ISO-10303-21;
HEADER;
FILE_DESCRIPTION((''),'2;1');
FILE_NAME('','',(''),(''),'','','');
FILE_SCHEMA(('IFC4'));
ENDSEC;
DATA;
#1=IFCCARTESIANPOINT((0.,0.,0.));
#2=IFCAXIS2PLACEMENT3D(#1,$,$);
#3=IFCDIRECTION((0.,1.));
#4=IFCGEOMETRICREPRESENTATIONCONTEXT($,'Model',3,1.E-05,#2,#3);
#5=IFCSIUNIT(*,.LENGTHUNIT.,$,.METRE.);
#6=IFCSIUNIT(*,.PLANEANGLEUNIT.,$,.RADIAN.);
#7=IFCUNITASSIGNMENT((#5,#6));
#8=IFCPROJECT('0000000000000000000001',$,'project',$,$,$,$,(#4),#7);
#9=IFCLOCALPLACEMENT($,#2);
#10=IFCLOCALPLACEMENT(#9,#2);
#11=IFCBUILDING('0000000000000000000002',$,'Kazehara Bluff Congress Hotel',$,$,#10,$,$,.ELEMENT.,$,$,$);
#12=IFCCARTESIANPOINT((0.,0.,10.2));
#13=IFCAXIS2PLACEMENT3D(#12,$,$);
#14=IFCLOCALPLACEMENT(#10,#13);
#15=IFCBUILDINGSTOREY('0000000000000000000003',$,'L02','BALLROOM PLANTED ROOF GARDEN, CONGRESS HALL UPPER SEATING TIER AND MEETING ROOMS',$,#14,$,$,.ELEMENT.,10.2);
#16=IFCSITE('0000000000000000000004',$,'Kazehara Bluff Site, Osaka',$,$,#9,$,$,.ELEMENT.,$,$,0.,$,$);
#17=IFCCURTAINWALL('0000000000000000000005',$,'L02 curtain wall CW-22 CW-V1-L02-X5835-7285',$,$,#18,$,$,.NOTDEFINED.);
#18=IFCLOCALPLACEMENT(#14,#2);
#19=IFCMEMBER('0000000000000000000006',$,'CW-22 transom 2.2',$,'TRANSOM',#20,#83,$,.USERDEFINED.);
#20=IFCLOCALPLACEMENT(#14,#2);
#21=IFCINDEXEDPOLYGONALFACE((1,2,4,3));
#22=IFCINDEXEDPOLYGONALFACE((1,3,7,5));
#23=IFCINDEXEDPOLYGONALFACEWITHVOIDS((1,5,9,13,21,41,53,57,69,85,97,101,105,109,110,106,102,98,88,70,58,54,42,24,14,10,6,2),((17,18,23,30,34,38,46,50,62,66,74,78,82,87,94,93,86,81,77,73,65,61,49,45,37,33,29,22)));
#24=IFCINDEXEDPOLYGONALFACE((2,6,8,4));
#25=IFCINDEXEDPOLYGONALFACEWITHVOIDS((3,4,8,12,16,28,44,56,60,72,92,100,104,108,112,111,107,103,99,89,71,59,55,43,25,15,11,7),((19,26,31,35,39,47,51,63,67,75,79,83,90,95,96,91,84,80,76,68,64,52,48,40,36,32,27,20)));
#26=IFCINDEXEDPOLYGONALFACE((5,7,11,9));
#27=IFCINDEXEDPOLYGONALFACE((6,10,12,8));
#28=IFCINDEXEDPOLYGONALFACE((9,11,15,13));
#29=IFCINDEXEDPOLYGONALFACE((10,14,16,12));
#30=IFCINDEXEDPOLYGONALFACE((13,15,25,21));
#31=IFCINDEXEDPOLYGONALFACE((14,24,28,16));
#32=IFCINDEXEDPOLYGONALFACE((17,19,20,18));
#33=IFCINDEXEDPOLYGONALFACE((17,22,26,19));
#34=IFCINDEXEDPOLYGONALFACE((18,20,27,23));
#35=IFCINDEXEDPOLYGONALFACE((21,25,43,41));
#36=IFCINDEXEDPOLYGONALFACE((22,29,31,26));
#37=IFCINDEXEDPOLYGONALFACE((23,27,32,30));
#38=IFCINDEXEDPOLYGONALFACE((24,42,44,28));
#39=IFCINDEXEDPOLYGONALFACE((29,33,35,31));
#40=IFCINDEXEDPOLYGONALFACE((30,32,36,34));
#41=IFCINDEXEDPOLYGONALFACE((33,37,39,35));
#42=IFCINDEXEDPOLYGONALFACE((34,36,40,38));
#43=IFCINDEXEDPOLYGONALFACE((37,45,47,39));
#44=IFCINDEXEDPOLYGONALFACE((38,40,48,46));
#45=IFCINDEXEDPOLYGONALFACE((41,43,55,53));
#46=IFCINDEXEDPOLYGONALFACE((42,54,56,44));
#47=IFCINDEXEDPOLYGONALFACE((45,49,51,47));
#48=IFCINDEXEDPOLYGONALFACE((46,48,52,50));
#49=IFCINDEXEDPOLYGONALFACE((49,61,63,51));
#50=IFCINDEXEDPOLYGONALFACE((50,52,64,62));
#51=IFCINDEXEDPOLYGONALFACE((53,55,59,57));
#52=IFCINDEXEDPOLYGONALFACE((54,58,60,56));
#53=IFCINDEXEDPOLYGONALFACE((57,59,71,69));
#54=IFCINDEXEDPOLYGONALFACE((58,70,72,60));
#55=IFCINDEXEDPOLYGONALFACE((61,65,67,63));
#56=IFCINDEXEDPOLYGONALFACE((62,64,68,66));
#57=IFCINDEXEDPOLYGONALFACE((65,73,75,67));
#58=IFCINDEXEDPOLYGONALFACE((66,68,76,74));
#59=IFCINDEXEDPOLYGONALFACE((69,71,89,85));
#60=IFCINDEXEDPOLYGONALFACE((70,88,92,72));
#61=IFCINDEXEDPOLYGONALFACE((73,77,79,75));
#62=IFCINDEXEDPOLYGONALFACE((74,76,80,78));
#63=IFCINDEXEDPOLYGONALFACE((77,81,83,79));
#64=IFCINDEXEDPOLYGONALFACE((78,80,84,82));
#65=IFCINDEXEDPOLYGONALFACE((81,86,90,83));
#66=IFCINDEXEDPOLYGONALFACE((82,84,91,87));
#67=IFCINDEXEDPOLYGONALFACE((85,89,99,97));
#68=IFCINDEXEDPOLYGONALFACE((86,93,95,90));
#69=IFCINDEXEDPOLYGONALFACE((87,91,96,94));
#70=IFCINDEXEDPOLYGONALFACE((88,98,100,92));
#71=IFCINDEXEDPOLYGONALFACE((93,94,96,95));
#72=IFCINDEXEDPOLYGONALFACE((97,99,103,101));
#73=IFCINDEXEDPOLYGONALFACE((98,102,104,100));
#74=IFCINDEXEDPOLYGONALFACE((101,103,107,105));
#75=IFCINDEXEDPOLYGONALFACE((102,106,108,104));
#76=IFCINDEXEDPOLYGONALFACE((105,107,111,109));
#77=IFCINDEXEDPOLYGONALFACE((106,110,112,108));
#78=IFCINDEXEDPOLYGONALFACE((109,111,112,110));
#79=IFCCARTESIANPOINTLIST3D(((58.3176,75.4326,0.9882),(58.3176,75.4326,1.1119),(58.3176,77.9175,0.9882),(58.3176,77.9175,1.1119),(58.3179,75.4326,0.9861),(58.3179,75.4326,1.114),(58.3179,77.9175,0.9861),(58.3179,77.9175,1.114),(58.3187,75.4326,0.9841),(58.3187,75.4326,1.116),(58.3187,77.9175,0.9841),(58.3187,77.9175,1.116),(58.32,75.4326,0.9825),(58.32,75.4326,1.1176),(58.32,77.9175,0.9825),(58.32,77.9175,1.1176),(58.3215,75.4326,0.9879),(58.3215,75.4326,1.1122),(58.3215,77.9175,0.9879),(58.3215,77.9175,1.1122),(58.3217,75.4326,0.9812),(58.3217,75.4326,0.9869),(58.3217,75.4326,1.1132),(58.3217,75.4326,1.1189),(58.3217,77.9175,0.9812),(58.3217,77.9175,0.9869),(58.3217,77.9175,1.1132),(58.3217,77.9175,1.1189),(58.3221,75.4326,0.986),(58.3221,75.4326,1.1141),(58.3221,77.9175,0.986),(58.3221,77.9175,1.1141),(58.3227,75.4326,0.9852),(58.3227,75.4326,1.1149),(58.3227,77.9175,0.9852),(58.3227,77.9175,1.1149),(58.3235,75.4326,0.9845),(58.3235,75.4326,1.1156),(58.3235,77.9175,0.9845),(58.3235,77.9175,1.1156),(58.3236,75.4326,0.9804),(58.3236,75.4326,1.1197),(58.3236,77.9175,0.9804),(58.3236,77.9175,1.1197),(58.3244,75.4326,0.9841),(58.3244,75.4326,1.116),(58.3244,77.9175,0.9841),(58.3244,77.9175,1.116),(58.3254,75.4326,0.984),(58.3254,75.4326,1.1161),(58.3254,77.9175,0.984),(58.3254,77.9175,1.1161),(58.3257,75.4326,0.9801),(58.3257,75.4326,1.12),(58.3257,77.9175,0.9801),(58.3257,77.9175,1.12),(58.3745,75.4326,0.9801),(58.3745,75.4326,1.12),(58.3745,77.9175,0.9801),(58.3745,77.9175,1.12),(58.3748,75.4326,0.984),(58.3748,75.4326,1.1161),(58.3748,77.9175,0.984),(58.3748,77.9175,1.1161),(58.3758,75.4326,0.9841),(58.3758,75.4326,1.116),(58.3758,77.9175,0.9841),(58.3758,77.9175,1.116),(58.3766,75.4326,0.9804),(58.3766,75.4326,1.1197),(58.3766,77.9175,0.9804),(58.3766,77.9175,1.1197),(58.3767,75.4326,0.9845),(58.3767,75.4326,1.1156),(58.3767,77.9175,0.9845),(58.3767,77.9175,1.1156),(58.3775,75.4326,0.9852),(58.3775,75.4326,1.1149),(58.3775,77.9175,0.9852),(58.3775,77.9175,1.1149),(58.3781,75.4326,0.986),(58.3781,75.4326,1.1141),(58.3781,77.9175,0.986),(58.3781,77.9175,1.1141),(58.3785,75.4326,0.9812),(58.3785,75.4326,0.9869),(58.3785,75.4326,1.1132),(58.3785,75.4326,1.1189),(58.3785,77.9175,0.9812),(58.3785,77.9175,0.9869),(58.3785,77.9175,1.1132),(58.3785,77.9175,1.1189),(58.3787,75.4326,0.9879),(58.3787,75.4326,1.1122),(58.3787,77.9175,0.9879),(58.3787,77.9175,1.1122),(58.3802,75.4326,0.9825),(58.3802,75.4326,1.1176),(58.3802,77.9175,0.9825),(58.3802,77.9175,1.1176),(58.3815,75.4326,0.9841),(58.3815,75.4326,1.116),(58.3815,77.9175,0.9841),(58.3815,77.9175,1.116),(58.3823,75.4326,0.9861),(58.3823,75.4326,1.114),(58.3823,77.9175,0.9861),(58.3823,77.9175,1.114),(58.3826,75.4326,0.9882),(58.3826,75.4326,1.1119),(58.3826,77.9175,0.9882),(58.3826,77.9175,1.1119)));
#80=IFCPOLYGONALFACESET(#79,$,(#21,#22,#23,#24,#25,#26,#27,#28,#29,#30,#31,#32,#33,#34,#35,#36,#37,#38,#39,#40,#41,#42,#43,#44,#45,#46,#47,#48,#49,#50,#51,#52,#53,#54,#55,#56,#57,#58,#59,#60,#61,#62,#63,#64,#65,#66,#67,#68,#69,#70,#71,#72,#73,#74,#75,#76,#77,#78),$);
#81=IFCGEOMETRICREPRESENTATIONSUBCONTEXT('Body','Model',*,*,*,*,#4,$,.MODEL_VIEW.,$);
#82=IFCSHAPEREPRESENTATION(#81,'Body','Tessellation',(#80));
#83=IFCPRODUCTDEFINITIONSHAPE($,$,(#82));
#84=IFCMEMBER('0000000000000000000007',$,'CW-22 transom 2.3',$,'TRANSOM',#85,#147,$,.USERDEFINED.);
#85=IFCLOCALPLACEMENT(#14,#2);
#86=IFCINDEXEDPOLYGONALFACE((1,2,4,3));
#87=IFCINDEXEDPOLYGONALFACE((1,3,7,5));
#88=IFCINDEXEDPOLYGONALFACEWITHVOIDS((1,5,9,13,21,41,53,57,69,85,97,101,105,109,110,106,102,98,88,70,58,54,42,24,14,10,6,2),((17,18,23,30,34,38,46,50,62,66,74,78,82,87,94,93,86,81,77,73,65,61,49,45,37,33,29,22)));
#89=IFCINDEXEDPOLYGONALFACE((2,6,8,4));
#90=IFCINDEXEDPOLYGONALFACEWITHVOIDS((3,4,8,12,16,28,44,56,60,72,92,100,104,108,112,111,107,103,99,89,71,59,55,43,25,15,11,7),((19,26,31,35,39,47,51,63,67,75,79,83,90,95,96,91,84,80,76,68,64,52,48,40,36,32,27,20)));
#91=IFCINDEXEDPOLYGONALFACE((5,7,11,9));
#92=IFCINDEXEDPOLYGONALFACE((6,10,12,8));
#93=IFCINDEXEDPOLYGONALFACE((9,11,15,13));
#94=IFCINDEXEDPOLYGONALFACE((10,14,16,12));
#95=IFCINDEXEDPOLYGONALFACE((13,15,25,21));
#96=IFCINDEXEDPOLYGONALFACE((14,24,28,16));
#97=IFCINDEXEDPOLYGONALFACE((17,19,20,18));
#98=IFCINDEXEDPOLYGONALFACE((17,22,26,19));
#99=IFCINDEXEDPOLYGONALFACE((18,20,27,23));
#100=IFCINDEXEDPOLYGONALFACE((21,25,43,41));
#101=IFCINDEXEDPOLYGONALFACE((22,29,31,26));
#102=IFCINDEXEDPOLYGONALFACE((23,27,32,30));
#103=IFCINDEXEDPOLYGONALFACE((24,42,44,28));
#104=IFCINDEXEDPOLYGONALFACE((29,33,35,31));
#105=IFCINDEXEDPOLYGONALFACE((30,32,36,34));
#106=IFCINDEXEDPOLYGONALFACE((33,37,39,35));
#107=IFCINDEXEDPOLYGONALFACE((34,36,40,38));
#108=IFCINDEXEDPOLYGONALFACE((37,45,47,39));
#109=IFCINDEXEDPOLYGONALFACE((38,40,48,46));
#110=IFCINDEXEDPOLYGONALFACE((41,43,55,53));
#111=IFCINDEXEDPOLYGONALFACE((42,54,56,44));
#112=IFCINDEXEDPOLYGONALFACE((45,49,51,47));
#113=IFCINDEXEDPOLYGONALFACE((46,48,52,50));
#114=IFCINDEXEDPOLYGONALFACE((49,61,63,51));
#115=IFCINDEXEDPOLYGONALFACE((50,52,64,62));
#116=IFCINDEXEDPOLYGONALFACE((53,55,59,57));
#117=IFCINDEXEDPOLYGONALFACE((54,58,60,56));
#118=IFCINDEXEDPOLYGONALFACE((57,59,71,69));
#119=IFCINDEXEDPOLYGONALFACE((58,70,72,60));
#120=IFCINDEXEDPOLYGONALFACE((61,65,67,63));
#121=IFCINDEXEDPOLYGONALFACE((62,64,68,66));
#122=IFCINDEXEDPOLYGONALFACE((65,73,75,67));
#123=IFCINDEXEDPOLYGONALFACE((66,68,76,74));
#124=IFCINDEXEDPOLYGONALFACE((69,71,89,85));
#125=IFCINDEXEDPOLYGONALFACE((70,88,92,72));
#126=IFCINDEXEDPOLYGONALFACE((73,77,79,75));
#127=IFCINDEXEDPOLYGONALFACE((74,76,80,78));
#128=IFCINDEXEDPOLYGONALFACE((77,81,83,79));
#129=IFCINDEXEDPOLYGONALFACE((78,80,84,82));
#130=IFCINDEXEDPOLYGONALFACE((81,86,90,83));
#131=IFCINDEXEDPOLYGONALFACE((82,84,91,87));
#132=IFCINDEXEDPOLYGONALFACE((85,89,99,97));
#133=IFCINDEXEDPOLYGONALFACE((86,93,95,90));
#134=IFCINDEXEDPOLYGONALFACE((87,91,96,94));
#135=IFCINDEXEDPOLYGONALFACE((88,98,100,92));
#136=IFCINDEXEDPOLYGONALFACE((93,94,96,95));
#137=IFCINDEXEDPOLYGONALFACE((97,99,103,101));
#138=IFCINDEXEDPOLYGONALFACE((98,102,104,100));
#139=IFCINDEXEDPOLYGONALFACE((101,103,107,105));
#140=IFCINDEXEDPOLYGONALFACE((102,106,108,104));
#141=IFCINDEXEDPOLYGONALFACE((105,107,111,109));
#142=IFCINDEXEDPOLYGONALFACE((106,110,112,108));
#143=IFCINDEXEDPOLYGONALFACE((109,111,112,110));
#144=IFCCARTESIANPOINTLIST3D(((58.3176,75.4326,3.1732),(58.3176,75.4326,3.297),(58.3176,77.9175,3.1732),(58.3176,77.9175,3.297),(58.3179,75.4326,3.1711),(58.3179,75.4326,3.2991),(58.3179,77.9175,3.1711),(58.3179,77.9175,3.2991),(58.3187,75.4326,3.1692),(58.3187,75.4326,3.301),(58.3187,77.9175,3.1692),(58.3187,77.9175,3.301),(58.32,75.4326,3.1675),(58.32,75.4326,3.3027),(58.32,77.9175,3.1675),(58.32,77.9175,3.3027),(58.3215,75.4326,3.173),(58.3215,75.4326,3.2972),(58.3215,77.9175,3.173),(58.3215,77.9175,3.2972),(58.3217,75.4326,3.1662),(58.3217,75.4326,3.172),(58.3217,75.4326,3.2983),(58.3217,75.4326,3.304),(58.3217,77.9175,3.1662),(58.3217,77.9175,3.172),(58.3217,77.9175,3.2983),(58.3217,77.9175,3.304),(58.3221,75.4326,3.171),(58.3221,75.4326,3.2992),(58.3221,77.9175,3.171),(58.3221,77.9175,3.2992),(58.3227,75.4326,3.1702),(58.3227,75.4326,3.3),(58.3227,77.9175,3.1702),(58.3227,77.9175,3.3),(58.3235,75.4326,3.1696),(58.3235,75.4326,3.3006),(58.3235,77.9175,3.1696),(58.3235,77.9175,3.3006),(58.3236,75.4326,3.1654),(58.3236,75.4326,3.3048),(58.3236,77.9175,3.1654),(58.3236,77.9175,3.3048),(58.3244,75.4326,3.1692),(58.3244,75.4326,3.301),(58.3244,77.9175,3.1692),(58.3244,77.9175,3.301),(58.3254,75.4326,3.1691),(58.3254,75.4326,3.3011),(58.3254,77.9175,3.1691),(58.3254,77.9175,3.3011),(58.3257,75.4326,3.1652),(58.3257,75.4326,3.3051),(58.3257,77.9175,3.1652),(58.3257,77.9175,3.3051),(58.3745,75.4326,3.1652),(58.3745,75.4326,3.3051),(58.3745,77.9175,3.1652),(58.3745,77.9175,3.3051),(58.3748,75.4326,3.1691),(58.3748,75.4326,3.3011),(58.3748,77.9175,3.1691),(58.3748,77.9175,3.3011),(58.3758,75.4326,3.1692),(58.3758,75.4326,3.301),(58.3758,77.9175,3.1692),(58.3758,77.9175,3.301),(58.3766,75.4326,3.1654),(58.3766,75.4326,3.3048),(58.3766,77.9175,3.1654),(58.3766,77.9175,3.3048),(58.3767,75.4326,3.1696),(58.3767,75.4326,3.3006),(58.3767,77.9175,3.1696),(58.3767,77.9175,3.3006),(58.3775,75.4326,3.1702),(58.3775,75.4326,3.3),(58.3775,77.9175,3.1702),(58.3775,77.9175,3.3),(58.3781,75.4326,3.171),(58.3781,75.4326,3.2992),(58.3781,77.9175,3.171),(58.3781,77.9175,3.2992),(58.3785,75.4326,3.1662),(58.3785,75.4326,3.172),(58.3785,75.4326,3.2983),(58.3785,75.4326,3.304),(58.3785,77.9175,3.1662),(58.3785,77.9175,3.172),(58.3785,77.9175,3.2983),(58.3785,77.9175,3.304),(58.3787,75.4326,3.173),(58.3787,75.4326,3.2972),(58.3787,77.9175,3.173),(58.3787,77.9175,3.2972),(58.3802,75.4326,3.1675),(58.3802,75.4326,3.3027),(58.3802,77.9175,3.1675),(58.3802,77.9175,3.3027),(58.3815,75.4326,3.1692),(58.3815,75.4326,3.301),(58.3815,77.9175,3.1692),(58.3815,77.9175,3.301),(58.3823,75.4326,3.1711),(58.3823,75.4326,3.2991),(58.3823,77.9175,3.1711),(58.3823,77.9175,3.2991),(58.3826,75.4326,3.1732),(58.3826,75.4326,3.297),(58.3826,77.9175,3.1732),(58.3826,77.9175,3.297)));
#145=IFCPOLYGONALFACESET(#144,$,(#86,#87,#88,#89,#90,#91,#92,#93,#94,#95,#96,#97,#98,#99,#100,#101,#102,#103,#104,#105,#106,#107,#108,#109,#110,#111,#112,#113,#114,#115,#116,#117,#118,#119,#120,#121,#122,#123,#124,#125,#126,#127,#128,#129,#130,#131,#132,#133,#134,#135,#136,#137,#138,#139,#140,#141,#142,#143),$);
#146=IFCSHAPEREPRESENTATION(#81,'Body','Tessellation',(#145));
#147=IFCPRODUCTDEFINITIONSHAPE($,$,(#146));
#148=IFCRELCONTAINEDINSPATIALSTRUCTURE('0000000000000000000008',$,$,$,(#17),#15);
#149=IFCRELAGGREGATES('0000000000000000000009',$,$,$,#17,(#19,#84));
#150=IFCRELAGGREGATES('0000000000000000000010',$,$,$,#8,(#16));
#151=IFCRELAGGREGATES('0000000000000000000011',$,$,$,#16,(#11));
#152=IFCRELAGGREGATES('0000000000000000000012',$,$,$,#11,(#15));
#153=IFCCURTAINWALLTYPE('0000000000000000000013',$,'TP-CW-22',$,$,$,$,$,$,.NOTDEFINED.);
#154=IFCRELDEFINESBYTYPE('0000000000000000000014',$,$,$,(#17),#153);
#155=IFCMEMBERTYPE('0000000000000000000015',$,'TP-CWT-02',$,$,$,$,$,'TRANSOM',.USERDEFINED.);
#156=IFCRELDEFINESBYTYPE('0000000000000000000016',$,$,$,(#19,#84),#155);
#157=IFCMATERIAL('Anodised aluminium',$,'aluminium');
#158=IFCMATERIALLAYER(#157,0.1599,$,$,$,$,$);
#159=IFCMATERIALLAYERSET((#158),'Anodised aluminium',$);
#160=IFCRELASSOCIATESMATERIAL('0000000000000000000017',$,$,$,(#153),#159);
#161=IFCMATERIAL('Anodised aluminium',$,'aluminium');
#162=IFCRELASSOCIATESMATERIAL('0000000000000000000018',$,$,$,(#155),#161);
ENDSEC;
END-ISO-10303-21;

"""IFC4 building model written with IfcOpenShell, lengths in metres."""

from ifc_helpers import new_model, si_unit, direction, frame, origin, origin_2d, place, context, subcontext, project, spatial, hollow_rectangle, extrude, material, layer, layer_set, material_profile, profile_set, type_object, element, aggregate, save


model = new_model("IFC4")

# Units and contexts
model_context = context("Model", 3, precision=1e-05, world=origin(), true_north=direction((0.0, 1.0)))
body_context = subcontext(model_context, "Body", "Model", "MODEL_VIEW")
ifc_project = project(units=[si_unit("LENGTHUNIT", "METRE"), si_unit("PLANEANGLEUNIT", "RADIAN")], contexts=[model_context])

# Site, building, storey
site_placement = place(None, origin())
site = spatial("IfcSite", under=ifc_project, at=site_placement, Name="Kazehara Bluff Site, Osaka", CompositionType="ELEMENT", RefElevation=0.0)
building_placement = place(site_placement, origin())
building = spatial("IfcBuilding", under=site, at=building_placement, Name="Kazehara Bluff Congress Hotel", CompositionType="ELEMENT")
storey_placement = place(building_placement, frame((0.0, 0.0, 10.2)))
storey = spatial("IfcBuildingStorey", under=building, at=storey_placement, Name="L02", Description="BALLROOM PLANTED ROOF GARDEN, CONGRESS HALL UPPER SEATING TIER AND MEETING ROOMS", CompositionType="ELEMENT", Elevation=10.2)

# Curtain wall
ifc_material_1 = material(Name="Anodised aluminium", Category="aluminium")
ifc_layer_1 = layer(ifc_material_1, 0.1599)
ifc_layer_set_1 = layer_set([ifc_layer_1], Name="Anodised aluminium")
curtain_wall_type_1 = type_object("IfcCurtainWallType", Name="TP-CW-22", PredefinedType="NOTDEFINED", material=ifc_layer_set_1)
curtain_wall_1_placement = place(storey_placement, origin())
curtain_wall_1 = element("IfcCurtainWall", 1, at=curtain_wall_1_placement, inside=storey, type_object=curtain_wall_type_1, Name="L02 curtain wall CW-22 CW-V1-L02-X5835-7285", PredefinedType="NOTDEFINED")

# Members
ifc_material_2 = material(Name="Anodised aluminium", Category="aluminium")
ifc_material_profile_1 = material_profile(ifc_material_2, hollow_rectangle(XDim=0.0649, YDim=0.1399, WallThickness=0.0039, InnerFilletRadius=0.0039, OuterFilletRadius=0.0081, at=origin_2d()))
ifc_profile_set_1 = profile_set([ifc_material_profile_1], Name="Anodised aluminium")
member_type_1 = type_object("IfcMemberType", Name="TP-CWT-02", ElementType="TRANSOM", PredefinedType="USERDEFINED", material=ifc_profile_set_1)
member_1_placement = place(storey_placement, frame((58.3501, 75.4326, 1.05), z_axis=(0.0, 1.0, 0.0), x_axis=(-1.0, 0.0, 0.0)))
member_1 = element("IfcMember", 2, at=member_1_placement, type_object=member_type_1, Name="CW-22 transom 2.2", ObjectType="TRANSOM", PredefinedType="USERDEFINED", context=body_context, shape_type="SweptSolid", body=[
    extrude(hollow_rectangle(XDim=0.0649, YDim=0.1399, WallThickness=0.0039, InnerFilletRadius=0.0039, OuterFilletRadius=0.0081, at=origin_2d()), origin(), (0.0, 0.0, 1.0), 2.4849),
])
member_2_placement = place(storey_placement, frame((58.3501, 75.4326, 3.2351), z_axis=(0.0, 1.0, 0.0), x_axis=(-1.0, 0.0, 0.0)))
member_2 = element("IfcMember", 3, at=member_2_placement, type_object=member_type_1, Name="CW-22 transom 2.3", ObjectType="TRANSOM", PredefinedType="USERDEFINED", context=body_context, shape_type="SweptSolid", body=[
    extrude(hollow_rectangle(XDim=0.0649, YDim=0.1399, WallThickness=0.0039, InnerFilletRadius=0.0039, OuterFilletRadius=0.0081, at=origin_2d()), origin(), (0.0, 0.0, 1.0), 2.4849),
])

aggregate(curtain_wall_1, [member_1, member_2])

save(model, "model.ifc")
